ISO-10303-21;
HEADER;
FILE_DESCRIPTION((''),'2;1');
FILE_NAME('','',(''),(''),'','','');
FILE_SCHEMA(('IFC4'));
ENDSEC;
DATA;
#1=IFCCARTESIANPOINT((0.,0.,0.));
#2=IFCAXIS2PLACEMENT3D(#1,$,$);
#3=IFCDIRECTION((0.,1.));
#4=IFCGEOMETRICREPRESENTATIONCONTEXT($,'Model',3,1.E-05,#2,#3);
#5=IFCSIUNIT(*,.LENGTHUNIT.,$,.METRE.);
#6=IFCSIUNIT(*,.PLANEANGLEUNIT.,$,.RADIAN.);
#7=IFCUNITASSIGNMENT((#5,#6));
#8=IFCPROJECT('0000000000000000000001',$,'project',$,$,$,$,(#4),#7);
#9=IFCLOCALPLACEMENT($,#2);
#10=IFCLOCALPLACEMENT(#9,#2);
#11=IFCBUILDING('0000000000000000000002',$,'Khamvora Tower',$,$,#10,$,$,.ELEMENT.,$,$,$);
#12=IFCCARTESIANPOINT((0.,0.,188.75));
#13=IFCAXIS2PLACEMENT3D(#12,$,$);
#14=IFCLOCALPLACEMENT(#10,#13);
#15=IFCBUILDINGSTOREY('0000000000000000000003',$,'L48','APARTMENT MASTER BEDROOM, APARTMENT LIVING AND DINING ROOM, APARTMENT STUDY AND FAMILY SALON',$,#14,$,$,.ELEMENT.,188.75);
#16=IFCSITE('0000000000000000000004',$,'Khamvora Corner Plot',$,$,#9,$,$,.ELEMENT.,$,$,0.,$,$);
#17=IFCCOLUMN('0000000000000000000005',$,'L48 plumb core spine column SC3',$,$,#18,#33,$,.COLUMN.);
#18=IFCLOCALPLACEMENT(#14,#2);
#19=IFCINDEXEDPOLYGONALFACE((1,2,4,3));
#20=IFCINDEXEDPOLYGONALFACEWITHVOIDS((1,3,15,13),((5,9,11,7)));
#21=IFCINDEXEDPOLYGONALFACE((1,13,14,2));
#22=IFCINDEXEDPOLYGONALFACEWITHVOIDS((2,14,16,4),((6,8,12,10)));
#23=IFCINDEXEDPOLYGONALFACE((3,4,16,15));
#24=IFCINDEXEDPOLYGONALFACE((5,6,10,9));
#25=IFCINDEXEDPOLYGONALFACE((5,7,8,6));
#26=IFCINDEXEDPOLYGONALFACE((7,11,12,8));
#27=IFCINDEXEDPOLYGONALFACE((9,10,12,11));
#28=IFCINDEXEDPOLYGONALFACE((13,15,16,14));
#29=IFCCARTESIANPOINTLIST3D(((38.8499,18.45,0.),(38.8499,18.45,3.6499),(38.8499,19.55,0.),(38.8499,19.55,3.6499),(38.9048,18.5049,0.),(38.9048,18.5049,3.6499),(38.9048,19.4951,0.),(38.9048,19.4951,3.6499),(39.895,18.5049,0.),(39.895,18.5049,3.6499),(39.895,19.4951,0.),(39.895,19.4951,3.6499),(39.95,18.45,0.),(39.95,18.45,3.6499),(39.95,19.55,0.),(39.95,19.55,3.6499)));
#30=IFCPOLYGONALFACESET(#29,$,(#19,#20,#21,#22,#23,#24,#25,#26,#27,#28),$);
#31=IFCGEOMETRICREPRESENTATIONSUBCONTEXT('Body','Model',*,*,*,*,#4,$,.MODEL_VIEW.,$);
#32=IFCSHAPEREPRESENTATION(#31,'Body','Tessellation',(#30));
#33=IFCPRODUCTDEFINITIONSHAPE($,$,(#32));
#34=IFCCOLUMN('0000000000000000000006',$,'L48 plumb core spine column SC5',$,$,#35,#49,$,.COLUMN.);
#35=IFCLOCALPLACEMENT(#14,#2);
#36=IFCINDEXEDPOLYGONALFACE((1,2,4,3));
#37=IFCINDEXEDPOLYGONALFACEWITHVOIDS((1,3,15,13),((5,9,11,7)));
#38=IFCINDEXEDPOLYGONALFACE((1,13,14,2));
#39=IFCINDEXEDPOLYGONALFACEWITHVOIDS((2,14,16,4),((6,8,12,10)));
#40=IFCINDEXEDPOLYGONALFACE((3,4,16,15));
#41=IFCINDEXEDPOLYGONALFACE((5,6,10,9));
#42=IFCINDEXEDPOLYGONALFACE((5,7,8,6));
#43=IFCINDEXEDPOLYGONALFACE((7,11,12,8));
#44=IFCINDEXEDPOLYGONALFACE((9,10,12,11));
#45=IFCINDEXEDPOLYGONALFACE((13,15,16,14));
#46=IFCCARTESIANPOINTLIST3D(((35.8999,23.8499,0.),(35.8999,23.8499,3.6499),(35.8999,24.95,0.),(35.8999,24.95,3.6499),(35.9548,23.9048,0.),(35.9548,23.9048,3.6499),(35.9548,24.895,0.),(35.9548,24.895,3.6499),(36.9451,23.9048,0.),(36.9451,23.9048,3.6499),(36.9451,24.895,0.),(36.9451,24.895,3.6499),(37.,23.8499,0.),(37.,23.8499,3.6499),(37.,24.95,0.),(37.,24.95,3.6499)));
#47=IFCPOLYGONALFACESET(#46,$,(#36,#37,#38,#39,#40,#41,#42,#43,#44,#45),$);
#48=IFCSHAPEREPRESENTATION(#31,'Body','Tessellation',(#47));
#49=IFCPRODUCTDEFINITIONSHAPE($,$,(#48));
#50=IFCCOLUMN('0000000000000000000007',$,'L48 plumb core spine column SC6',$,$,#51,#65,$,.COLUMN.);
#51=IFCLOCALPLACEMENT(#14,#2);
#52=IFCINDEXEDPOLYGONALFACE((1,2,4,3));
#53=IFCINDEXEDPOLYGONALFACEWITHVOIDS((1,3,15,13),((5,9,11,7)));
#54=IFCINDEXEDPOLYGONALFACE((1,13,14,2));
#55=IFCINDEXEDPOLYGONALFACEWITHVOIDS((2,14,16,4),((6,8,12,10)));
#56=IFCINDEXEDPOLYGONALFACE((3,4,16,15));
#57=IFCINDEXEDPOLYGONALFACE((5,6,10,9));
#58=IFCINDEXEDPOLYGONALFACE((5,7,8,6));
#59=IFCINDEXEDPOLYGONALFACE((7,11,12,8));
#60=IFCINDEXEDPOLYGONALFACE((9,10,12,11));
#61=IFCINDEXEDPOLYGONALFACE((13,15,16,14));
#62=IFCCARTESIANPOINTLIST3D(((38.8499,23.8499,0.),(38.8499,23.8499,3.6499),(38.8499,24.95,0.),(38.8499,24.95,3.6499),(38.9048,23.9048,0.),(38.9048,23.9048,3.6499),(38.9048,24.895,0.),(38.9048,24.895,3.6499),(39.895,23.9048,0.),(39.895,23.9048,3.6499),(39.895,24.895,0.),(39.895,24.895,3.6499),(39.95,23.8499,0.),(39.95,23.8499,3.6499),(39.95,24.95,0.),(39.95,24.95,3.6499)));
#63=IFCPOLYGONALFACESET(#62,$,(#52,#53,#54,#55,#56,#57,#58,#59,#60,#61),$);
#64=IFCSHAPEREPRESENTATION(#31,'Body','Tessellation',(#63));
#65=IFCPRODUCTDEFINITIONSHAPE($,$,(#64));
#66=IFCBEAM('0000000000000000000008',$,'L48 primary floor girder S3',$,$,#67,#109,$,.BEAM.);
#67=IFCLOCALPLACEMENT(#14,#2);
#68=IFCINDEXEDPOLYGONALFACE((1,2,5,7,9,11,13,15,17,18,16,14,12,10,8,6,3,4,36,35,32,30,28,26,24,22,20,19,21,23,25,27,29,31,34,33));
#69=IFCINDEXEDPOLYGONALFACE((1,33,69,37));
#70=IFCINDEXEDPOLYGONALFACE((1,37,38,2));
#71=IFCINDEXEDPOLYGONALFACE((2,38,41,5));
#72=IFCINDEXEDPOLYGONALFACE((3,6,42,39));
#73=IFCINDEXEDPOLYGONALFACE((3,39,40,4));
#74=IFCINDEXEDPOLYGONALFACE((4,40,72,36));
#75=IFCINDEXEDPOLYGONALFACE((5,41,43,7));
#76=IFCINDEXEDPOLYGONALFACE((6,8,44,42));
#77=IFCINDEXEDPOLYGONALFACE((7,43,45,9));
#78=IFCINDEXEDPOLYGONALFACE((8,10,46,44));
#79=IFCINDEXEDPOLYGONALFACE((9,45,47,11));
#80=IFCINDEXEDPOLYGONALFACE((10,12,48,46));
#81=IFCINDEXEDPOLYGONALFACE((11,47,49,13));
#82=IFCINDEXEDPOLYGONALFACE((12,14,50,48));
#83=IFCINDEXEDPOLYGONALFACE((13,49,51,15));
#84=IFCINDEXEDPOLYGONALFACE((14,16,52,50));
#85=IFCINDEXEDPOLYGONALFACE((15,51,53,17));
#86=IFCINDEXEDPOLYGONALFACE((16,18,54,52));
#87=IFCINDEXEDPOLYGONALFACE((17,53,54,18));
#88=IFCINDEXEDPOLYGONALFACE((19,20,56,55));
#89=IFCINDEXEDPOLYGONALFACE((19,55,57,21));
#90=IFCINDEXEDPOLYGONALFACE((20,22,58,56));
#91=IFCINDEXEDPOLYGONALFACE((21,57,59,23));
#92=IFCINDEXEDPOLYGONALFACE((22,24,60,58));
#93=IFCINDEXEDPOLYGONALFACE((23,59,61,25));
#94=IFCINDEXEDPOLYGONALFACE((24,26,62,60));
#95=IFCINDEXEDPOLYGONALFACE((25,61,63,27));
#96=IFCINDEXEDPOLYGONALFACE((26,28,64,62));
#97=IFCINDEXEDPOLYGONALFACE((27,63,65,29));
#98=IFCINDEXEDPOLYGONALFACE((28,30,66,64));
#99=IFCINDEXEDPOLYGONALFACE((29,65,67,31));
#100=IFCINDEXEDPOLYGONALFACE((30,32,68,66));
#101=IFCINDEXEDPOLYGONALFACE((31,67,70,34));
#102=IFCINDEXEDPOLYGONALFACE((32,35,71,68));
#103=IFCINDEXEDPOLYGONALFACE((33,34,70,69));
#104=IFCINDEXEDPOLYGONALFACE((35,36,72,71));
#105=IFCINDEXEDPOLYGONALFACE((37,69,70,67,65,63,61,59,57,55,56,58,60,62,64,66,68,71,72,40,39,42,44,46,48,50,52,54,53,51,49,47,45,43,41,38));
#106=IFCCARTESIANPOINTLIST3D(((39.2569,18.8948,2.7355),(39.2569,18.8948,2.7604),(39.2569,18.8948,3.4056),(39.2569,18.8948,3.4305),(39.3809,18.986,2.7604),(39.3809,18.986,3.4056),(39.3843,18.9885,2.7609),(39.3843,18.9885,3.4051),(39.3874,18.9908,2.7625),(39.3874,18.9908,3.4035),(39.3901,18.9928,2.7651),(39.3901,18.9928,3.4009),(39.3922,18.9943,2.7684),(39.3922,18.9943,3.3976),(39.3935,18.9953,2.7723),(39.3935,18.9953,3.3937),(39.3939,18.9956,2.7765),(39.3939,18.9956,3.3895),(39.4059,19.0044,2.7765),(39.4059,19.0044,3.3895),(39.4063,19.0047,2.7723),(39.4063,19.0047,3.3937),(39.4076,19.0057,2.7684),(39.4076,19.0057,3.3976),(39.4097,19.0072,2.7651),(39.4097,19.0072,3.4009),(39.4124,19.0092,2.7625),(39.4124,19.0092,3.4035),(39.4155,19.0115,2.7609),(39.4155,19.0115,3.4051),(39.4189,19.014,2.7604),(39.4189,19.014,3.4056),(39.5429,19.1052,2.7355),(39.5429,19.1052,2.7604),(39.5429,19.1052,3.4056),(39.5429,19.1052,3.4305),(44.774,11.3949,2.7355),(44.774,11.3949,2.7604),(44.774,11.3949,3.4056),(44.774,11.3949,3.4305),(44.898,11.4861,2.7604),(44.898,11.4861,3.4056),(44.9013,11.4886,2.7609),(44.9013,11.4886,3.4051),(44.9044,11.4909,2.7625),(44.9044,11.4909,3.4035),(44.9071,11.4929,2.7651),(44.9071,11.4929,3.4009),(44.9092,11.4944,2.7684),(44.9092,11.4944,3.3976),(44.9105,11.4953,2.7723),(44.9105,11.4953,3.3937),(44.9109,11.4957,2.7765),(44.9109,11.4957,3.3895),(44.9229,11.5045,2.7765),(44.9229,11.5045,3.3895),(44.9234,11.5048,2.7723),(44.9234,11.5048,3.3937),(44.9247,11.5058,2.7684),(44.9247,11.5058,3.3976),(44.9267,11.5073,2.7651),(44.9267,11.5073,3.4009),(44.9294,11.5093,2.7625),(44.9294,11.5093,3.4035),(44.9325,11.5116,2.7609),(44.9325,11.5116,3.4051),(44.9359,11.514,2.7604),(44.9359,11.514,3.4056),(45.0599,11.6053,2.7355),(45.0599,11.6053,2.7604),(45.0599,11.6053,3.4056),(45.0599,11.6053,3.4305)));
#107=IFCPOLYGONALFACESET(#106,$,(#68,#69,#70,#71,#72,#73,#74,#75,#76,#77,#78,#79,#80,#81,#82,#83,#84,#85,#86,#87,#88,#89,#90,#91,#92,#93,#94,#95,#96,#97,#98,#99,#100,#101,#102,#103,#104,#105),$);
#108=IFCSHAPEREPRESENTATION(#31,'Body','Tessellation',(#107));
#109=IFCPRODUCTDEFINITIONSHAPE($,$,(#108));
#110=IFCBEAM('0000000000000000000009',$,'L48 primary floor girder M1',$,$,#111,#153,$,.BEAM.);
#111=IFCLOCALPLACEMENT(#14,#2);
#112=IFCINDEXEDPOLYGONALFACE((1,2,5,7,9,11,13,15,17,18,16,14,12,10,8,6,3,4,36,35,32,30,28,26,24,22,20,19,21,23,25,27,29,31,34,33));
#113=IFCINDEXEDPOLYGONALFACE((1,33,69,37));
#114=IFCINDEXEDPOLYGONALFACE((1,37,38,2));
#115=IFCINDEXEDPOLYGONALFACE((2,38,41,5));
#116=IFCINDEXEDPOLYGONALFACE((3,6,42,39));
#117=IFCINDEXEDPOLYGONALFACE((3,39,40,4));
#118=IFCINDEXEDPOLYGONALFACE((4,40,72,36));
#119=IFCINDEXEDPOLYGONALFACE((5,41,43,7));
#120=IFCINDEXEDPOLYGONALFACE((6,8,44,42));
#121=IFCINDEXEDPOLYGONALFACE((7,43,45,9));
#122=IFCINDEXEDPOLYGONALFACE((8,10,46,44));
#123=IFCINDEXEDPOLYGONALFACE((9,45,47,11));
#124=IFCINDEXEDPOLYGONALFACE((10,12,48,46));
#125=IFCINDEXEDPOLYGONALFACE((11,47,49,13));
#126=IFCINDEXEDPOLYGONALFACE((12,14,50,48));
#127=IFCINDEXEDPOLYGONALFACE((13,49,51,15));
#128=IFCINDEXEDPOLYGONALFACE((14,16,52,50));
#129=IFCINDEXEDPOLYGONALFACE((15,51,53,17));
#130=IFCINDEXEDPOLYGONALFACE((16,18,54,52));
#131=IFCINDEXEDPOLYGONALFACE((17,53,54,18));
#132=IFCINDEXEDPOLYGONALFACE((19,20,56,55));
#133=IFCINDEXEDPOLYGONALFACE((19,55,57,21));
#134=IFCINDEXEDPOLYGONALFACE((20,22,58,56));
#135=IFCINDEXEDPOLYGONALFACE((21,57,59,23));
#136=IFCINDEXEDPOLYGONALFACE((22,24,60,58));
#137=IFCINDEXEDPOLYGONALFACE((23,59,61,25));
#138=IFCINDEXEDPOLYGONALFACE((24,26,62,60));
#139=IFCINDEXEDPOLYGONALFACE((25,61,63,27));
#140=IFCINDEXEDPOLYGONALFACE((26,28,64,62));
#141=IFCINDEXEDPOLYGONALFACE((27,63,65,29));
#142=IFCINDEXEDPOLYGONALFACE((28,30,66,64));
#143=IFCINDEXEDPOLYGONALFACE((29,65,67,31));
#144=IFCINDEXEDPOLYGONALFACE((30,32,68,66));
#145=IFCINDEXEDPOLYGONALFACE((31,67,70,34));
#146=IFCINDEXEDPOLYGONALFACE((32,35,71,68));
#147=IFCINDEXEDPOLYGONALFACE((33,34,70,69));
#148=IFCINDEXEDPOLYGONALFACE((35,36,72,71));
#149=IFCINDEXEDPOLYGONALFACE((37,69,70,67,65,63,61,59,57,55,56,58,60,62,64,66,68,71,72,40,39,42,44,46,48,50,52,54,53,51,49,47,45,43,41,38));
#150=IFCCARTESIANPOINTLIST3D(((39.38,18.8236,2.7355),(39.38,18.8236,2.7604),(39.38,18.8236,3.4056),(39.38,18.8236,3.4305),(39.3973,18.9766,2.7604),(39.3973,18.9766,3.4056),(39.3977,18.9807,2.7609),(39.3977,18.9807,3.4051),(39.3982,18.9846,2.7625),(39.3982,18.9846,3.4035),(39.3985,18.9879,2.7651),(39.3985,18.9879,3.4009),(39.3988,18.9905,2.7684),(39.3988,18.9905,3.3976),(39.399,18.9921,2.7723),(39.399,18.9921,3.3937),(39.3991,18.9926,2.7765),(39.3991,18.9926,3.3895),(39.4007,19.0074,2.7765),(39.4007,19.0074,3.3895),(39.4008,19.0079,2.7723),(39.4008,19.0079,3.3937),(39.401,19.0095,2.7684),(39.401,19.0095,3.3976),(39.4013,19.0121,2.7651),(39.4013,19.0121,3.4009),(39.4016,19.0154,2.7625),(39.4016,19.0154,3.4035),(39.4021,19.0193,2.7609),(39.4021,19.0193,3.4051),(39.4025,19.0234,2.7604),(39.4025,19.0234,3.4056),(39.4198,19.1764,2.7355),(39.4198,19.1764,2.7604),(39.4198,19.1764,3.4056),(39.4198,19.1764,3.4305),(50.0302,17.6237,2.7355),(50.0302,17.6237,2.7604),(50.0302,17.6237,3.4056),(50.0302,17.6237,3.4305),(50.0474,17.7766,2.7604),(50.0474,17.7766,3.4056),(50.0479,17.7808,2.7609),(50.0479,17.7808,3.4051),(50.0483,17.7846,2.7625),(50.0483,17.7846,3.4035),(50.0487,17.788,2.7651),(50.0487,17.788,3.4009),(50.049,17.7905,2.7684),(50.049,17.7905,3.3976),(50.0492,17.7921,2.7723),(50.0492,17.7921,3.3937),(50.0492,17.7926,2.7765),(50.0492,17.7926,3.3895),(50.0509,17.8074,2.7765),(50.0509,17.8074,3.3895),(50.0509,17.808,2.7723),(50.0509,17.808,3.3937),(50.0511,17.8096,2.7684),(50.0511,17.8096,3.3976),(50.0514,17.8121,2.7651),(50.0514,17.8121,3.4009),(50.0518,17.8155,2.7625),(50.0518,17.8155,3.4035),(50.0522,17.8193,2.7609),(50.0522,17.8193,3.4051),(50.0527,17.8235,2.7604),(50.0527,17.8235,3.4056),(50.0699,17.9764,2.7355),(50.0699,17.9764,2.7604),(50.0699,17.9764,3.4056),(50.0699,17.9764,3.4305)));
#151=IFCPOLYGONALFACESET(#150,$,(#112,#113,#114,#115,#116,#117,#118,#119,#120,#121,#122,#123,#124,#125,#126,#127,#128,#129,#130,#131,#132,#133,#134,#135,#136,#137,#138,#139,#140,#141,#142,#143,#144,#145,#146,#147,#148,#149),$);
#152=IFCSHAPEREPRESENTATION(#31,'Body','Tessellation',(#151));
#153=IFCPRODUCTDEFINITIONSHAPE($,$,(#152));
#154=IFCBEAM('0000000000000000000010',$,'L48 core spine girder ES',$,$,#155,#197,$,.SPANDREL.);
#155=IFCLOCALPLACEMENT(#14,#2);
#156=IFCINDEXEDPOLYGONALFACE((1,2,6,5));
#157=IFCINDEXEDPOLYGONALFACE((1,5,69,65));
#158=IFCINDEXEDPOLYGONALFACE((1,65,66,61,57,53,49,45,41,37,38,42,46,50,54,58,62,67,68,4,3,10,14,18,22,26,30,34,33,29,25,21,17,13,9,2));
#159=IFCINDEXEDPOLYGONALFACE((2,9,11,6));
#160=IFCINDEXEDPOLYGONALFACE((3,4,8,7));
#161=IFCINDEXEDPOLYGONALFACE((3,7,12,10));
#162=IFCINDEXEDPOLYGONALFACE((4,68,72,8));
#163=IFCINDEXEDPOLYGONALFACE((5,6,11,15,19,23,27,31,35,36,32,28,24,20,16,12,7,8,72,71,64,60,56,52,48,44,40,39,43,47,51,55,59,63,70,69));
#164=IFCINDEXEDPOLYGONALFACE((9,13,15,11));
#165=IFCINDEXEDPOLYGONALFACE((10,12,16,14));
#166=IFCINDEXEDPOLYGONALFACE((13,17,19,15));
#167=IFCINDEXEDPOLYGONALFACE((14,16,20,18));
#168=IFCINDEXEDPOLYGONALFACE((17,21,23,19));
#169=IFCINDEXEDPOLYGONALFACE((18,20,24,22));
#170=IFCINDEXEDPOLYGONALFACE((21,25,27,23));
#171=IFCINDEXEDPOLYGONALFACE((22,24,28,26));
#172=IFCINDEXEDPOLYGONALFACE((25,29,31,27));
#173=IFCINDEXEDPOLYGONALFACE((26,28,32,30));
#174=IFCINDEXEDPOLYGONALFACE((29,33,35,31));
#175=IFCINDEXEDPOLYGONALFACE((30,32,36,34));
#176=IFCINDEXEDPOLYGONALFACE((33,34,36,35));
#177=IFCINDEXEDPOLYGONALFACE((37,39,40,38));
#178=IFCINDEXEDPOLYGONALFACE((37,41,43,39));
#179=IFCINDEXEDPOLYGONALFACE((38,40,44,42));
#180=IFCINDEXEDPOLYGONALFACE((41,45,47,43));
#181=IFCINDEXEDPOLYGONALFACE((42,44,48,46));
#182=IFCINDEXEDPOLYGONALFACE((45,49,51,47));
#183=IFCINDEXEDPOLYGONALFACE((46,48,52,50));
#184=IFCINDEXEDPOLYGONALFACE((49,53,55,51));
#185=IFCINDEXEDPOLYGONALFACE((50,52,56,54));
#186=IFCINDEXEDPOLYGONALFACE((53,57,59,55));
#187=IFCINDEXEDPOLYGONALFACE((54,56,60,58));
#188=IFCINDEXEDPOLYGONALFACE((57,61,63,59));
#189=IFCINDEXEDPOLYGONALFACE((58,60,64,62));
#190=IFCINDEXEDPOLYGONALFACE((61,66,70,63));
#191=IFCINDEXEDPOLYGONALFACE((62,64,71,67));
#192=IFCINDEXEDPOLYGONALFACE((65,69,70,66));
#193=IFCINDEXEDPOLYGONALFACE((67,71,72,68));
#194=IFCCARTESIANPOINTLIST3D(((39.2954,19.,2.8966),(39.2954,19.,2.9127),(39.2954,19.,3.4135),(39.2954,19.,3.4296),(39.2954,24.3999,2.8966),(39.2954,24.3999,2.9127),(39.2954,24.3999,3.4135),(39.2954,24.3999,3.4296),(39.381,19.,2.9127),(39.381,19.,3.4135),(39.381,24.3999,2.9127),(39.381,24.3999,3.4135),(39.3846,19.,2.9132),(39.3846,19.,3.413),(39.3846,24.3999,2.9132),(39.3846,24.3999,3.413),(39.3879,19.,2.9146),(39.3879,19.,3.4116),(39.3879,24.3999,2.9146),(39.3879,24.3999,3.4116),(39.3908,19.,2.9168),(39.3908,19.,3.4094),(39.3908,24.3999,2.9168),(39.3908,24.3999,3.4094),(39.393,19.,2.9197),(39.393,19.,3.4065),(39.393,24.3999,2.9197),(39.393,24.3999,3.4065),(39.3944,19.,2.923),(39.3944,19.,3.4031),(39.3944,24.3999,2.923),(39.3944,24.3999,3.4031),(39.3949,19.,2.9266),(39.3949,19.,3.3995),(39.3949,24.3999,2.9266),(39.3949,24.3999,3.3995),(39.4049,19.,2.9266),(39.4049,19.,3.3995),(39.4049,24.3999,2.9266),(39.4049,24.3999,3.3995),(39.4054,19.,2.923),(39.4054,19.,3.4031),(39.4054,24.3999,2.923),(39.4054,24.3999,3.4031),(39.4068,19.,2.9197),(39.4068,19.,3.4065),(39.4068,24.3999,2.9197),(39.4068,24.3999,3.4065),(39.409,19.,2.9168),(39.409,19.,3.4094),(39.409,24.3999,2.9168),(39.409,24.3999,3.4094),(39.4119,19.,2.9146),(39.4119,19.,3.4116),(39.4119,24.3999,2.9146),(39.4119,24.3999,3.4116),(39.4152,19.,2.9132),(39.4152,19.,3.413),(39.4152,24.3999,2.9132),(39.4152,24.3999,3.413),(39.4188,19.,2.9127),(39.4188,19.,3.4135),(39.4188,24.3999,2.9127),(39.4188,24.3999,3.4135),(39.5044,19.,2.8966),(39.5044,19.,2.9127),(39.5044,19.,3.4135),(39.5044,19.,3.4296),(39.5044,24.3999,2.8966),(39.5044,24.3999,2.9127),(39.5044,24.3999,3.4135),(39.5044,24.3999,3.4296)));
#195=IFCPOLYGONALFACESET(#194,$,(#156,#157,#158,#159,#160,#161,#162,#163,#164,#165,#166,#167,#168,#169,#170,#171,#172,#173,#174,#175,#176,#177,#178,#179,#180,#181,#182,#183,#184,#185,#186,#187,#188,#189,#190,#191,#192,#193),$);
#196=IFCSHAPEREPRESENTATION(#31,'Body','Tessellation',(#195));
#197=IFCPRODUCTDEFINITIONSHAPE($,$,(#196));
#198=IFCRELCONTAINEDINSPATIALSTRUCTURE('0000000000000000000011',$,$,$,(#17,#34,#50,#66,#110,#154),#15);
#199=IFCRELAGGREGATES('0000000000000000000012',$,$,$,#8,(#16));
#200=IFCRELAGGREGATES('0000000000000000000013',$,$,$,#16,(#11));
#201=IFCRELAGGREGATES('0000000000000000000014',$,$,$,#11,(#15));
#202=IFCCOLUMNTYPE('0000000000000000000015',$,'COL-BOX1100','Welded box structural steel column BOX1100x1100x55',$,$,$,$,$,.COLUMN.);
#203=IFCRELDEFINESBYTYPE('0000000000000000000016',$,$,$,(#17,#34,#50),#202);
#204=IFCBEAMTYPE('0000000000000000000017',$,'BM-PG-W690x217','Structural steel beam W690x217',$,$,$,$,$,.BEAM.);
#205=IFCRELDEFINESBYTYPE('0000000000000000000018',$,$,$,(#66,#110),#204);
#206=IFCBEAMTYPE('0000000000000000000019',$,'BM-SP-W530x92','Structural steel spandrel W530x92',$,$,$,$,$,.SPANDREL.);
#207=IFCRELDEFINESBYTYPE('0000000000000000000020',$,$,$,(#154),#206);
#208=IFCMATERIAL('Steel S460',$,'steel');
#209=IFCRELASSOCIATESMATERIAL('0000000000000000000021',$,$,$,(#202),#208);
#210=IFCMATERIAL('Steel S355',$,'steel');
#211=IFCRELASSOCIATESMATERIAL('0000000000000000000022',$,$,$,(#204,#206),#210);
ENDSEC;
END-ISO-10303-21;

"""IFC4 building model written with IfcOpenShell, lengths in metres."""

from ifc_helpers import new_model, si_unit, direction, frame, origin, origin_2d, place, context, subcontext, project, spatial, hollow_rectangle, i_section, extrude, material, material_profile, profile_set, type_object, element, save


model = new_model("IFC4")

# Units and contexts
model_context = context("Model", 3, precision=1e-05, world=origin(), true_north=direction((0.0, 1.0)))
body_context = subcontext(model_context, "Body", "Model", "MODEL_VIEW")
ifc_project = project(units=[si_unit("LENGTHUNIT", "METRE"), si_unit("PLANEANGLEUNIT", "RADIAN")], contexts=[model_context])

# Site, building, storey
site_placement = place(None, origin())
site = spatial("IfcSite", under=ifc_project, at=site_placement, Name="Khamvora Corner Plot", CompositionType="ELEMENT", RefElevation=0.0)
building_placement = place(site_placement, origin())
building = spatial("IfcBuilding", under=site, at=building_placement, Name="Khamvora Tower", CompositionType="ELEMENT")
storey_placement = place(building_placement, frame((0.0, 0.0, 188.75)))
storey = spatial("IfcBuildingStorey", under=building, at=storey_placement, Name="L48", Description="APARTMENT MASTER BEDROOM, APARTMENT LIVING AND DINING ROOM, APARTMENT STUDY AND FAMILY SALON", CompositionType="ELEMENT", Elevation=188.75)

# Columns
ifc_material_1 = material(Name="Steel S460", Category="steel")
ifc_material_profile_1 = material_profile(ifc_material_1, hollow_rectangle(XDim=1.1001, YDim=1.1001, WallThickness=0.0549, at=origin_2d()), Name="BOX1100x1100x55")
ifc_profile_set_1 = profile_set([ifc_material_profile_1], Name="Steel S460")
column_type = type_object("IfcColumnType", Name="COL-BOX1100", Description="Welded box structural steel column BOX1100x1100x55", PredefinedType="COLUMN", material=ifc_profile_set_1)
for number, where, z_axis, x_axis, name in (
    (1, (39.3999, 19.0, 0.0), (0.0, 0.0, 1.0), (1.0, 0.0, 0.0), "L48 plumb core spine column SC3"),
    (2, (36.45, 24.3999, 0.0), (0.0, 0.0, 1.0), (1.0, 0.0, 0.0), "L48 plumb core spine column SC5"),
    (3, (39.3999, 24.3999, 0.0), (0.0, 0.0, 1.0), (1.0, 0.0, 0.0), "L48 plumb core spine column SC6"),
):
    element("IfcColumn", number, at=place(storey_placement, frame(where, z_axis=z_axis, x_axis=x_axis)), inside=storey, type_object=column_type, Name=name, PredefinedType="COLUMN", context=body_context, shape_type="SweptSolid", body=[
        extrude(hollow_rectangle(XDim=1.1001, YDim=1.1001, WallThickness=0.0549, at=origin_2d()), origin(), (0.0, 0.0, 1.0), 3.6499),
    ])

# Beams
ifc_material_2 = material(Name="Steel S355", Category="steel")
ifc_material_profile_2 = material_profile(ifc_material_2, i_section(OverallWidth=0.355, OverallDepth=0.6951, WebThickness=0.0149, FlangeThickness=0.0249, FilletRadius=0.0161, at=origin_2d()), Name="W690x217")
ifc_profile_set_2 = profile_set([ifc_material_profile_2], Name="Steel S355")
beam_type_1 = type_object("IfcBeamType", Name="BM-PG-W690x217", Description="Structural steel beam W690x217", PredefinedType="BEAM", material=ifc_profile_set_2)
beam_1_placement = place(storey_placement, frame((39.3999, 19.0, 3.083), z_axis=(0.592557, -0.805529, 0.0), x_axis=(0.805529, 0.592557, 0.0)))
element("IfcBeam", 4, at=beam_1_placement, inside=storey, type_object=beam_type_1, Name="L48 primary floor girder S3", PredefinedType="BEAM", context=body_context, shape_type="SweptSolid", body=[
    extrude(i_section(OverallWidth=0.355, OverallDepth=0.6951, WebThickness=0.0149, FlangeThickness=0.0249, FilletRadius=0.0161, at=origin_2d()), origin(), (0.0, 0.0, 1.0), 9.3105),
])
beam_2_placement = place(storey_placement, frame((39.3999, 19.0, 3.083), z_axis=(0.993713, -0.111962, 0.0), x_axis=(0.111962, 0.993713, 0.0)))
element("IfcBeam", 5, at=beam_2_placement, inside=storey, type_object=beam_type_1, Name="L48 primary floor girder M1", PredefinedType="BEAM", context=body_context, shape_type="SweptSolid", body=[
    extrude(i_section(OverallWidth=0.355, OverallDepth=0.6951, WebThickness=0.0149, FlangeThickness=0.0249, FilletRadius=0.0161, at=origin_2d()), origin(), (0.0, 0.0, 1.0), 10.7175),
])
ifc_material_profile_3 = material_profile(ifc_material_2, i_section(OverallWidth=0.209, OverallDepth=0.533, WebThickness=0.01, FlangeThickness=0.0161, FilletRadius=0.0139, at=origin_2d()), Name="W530x92")
ifc_profile_set_3 = profile_set([ifc_material_profile_3], Name="Steel S355")
beam_type_2 = type_object("IfcBeamType", Name="BM-SP-W530x92", Description="Structural steel spandrel W530x92", PredefinedType="SPANDREL", material=ifc_profile_set_3)
beam_3_placement = place(storey_placement, frame((39.3999, 19.0, 3.1631), z_axis=(0.0, 1.0, 0.0), x_axis=(-1.0, 0.0, 0.0)))
element("IfcBeam", 6, at=beam_3_placement, inside=storey, type_object=beam_type_2, Name="L48 core spine girder ES", PredefinedType="SPANDREL", context=body_context, shape_type="SweptSolid", body=[
    extrude(i_section(OverallWidth=0.209, OverallDepth=0.533, WebThickness=0.01, FlangeThickness=0.0161, FilletRadius=0.0139, at=origin_2d()), origin(), (0.0, 0.0, 1.0), 5.3999),
])

save(model, "model.ifc")
